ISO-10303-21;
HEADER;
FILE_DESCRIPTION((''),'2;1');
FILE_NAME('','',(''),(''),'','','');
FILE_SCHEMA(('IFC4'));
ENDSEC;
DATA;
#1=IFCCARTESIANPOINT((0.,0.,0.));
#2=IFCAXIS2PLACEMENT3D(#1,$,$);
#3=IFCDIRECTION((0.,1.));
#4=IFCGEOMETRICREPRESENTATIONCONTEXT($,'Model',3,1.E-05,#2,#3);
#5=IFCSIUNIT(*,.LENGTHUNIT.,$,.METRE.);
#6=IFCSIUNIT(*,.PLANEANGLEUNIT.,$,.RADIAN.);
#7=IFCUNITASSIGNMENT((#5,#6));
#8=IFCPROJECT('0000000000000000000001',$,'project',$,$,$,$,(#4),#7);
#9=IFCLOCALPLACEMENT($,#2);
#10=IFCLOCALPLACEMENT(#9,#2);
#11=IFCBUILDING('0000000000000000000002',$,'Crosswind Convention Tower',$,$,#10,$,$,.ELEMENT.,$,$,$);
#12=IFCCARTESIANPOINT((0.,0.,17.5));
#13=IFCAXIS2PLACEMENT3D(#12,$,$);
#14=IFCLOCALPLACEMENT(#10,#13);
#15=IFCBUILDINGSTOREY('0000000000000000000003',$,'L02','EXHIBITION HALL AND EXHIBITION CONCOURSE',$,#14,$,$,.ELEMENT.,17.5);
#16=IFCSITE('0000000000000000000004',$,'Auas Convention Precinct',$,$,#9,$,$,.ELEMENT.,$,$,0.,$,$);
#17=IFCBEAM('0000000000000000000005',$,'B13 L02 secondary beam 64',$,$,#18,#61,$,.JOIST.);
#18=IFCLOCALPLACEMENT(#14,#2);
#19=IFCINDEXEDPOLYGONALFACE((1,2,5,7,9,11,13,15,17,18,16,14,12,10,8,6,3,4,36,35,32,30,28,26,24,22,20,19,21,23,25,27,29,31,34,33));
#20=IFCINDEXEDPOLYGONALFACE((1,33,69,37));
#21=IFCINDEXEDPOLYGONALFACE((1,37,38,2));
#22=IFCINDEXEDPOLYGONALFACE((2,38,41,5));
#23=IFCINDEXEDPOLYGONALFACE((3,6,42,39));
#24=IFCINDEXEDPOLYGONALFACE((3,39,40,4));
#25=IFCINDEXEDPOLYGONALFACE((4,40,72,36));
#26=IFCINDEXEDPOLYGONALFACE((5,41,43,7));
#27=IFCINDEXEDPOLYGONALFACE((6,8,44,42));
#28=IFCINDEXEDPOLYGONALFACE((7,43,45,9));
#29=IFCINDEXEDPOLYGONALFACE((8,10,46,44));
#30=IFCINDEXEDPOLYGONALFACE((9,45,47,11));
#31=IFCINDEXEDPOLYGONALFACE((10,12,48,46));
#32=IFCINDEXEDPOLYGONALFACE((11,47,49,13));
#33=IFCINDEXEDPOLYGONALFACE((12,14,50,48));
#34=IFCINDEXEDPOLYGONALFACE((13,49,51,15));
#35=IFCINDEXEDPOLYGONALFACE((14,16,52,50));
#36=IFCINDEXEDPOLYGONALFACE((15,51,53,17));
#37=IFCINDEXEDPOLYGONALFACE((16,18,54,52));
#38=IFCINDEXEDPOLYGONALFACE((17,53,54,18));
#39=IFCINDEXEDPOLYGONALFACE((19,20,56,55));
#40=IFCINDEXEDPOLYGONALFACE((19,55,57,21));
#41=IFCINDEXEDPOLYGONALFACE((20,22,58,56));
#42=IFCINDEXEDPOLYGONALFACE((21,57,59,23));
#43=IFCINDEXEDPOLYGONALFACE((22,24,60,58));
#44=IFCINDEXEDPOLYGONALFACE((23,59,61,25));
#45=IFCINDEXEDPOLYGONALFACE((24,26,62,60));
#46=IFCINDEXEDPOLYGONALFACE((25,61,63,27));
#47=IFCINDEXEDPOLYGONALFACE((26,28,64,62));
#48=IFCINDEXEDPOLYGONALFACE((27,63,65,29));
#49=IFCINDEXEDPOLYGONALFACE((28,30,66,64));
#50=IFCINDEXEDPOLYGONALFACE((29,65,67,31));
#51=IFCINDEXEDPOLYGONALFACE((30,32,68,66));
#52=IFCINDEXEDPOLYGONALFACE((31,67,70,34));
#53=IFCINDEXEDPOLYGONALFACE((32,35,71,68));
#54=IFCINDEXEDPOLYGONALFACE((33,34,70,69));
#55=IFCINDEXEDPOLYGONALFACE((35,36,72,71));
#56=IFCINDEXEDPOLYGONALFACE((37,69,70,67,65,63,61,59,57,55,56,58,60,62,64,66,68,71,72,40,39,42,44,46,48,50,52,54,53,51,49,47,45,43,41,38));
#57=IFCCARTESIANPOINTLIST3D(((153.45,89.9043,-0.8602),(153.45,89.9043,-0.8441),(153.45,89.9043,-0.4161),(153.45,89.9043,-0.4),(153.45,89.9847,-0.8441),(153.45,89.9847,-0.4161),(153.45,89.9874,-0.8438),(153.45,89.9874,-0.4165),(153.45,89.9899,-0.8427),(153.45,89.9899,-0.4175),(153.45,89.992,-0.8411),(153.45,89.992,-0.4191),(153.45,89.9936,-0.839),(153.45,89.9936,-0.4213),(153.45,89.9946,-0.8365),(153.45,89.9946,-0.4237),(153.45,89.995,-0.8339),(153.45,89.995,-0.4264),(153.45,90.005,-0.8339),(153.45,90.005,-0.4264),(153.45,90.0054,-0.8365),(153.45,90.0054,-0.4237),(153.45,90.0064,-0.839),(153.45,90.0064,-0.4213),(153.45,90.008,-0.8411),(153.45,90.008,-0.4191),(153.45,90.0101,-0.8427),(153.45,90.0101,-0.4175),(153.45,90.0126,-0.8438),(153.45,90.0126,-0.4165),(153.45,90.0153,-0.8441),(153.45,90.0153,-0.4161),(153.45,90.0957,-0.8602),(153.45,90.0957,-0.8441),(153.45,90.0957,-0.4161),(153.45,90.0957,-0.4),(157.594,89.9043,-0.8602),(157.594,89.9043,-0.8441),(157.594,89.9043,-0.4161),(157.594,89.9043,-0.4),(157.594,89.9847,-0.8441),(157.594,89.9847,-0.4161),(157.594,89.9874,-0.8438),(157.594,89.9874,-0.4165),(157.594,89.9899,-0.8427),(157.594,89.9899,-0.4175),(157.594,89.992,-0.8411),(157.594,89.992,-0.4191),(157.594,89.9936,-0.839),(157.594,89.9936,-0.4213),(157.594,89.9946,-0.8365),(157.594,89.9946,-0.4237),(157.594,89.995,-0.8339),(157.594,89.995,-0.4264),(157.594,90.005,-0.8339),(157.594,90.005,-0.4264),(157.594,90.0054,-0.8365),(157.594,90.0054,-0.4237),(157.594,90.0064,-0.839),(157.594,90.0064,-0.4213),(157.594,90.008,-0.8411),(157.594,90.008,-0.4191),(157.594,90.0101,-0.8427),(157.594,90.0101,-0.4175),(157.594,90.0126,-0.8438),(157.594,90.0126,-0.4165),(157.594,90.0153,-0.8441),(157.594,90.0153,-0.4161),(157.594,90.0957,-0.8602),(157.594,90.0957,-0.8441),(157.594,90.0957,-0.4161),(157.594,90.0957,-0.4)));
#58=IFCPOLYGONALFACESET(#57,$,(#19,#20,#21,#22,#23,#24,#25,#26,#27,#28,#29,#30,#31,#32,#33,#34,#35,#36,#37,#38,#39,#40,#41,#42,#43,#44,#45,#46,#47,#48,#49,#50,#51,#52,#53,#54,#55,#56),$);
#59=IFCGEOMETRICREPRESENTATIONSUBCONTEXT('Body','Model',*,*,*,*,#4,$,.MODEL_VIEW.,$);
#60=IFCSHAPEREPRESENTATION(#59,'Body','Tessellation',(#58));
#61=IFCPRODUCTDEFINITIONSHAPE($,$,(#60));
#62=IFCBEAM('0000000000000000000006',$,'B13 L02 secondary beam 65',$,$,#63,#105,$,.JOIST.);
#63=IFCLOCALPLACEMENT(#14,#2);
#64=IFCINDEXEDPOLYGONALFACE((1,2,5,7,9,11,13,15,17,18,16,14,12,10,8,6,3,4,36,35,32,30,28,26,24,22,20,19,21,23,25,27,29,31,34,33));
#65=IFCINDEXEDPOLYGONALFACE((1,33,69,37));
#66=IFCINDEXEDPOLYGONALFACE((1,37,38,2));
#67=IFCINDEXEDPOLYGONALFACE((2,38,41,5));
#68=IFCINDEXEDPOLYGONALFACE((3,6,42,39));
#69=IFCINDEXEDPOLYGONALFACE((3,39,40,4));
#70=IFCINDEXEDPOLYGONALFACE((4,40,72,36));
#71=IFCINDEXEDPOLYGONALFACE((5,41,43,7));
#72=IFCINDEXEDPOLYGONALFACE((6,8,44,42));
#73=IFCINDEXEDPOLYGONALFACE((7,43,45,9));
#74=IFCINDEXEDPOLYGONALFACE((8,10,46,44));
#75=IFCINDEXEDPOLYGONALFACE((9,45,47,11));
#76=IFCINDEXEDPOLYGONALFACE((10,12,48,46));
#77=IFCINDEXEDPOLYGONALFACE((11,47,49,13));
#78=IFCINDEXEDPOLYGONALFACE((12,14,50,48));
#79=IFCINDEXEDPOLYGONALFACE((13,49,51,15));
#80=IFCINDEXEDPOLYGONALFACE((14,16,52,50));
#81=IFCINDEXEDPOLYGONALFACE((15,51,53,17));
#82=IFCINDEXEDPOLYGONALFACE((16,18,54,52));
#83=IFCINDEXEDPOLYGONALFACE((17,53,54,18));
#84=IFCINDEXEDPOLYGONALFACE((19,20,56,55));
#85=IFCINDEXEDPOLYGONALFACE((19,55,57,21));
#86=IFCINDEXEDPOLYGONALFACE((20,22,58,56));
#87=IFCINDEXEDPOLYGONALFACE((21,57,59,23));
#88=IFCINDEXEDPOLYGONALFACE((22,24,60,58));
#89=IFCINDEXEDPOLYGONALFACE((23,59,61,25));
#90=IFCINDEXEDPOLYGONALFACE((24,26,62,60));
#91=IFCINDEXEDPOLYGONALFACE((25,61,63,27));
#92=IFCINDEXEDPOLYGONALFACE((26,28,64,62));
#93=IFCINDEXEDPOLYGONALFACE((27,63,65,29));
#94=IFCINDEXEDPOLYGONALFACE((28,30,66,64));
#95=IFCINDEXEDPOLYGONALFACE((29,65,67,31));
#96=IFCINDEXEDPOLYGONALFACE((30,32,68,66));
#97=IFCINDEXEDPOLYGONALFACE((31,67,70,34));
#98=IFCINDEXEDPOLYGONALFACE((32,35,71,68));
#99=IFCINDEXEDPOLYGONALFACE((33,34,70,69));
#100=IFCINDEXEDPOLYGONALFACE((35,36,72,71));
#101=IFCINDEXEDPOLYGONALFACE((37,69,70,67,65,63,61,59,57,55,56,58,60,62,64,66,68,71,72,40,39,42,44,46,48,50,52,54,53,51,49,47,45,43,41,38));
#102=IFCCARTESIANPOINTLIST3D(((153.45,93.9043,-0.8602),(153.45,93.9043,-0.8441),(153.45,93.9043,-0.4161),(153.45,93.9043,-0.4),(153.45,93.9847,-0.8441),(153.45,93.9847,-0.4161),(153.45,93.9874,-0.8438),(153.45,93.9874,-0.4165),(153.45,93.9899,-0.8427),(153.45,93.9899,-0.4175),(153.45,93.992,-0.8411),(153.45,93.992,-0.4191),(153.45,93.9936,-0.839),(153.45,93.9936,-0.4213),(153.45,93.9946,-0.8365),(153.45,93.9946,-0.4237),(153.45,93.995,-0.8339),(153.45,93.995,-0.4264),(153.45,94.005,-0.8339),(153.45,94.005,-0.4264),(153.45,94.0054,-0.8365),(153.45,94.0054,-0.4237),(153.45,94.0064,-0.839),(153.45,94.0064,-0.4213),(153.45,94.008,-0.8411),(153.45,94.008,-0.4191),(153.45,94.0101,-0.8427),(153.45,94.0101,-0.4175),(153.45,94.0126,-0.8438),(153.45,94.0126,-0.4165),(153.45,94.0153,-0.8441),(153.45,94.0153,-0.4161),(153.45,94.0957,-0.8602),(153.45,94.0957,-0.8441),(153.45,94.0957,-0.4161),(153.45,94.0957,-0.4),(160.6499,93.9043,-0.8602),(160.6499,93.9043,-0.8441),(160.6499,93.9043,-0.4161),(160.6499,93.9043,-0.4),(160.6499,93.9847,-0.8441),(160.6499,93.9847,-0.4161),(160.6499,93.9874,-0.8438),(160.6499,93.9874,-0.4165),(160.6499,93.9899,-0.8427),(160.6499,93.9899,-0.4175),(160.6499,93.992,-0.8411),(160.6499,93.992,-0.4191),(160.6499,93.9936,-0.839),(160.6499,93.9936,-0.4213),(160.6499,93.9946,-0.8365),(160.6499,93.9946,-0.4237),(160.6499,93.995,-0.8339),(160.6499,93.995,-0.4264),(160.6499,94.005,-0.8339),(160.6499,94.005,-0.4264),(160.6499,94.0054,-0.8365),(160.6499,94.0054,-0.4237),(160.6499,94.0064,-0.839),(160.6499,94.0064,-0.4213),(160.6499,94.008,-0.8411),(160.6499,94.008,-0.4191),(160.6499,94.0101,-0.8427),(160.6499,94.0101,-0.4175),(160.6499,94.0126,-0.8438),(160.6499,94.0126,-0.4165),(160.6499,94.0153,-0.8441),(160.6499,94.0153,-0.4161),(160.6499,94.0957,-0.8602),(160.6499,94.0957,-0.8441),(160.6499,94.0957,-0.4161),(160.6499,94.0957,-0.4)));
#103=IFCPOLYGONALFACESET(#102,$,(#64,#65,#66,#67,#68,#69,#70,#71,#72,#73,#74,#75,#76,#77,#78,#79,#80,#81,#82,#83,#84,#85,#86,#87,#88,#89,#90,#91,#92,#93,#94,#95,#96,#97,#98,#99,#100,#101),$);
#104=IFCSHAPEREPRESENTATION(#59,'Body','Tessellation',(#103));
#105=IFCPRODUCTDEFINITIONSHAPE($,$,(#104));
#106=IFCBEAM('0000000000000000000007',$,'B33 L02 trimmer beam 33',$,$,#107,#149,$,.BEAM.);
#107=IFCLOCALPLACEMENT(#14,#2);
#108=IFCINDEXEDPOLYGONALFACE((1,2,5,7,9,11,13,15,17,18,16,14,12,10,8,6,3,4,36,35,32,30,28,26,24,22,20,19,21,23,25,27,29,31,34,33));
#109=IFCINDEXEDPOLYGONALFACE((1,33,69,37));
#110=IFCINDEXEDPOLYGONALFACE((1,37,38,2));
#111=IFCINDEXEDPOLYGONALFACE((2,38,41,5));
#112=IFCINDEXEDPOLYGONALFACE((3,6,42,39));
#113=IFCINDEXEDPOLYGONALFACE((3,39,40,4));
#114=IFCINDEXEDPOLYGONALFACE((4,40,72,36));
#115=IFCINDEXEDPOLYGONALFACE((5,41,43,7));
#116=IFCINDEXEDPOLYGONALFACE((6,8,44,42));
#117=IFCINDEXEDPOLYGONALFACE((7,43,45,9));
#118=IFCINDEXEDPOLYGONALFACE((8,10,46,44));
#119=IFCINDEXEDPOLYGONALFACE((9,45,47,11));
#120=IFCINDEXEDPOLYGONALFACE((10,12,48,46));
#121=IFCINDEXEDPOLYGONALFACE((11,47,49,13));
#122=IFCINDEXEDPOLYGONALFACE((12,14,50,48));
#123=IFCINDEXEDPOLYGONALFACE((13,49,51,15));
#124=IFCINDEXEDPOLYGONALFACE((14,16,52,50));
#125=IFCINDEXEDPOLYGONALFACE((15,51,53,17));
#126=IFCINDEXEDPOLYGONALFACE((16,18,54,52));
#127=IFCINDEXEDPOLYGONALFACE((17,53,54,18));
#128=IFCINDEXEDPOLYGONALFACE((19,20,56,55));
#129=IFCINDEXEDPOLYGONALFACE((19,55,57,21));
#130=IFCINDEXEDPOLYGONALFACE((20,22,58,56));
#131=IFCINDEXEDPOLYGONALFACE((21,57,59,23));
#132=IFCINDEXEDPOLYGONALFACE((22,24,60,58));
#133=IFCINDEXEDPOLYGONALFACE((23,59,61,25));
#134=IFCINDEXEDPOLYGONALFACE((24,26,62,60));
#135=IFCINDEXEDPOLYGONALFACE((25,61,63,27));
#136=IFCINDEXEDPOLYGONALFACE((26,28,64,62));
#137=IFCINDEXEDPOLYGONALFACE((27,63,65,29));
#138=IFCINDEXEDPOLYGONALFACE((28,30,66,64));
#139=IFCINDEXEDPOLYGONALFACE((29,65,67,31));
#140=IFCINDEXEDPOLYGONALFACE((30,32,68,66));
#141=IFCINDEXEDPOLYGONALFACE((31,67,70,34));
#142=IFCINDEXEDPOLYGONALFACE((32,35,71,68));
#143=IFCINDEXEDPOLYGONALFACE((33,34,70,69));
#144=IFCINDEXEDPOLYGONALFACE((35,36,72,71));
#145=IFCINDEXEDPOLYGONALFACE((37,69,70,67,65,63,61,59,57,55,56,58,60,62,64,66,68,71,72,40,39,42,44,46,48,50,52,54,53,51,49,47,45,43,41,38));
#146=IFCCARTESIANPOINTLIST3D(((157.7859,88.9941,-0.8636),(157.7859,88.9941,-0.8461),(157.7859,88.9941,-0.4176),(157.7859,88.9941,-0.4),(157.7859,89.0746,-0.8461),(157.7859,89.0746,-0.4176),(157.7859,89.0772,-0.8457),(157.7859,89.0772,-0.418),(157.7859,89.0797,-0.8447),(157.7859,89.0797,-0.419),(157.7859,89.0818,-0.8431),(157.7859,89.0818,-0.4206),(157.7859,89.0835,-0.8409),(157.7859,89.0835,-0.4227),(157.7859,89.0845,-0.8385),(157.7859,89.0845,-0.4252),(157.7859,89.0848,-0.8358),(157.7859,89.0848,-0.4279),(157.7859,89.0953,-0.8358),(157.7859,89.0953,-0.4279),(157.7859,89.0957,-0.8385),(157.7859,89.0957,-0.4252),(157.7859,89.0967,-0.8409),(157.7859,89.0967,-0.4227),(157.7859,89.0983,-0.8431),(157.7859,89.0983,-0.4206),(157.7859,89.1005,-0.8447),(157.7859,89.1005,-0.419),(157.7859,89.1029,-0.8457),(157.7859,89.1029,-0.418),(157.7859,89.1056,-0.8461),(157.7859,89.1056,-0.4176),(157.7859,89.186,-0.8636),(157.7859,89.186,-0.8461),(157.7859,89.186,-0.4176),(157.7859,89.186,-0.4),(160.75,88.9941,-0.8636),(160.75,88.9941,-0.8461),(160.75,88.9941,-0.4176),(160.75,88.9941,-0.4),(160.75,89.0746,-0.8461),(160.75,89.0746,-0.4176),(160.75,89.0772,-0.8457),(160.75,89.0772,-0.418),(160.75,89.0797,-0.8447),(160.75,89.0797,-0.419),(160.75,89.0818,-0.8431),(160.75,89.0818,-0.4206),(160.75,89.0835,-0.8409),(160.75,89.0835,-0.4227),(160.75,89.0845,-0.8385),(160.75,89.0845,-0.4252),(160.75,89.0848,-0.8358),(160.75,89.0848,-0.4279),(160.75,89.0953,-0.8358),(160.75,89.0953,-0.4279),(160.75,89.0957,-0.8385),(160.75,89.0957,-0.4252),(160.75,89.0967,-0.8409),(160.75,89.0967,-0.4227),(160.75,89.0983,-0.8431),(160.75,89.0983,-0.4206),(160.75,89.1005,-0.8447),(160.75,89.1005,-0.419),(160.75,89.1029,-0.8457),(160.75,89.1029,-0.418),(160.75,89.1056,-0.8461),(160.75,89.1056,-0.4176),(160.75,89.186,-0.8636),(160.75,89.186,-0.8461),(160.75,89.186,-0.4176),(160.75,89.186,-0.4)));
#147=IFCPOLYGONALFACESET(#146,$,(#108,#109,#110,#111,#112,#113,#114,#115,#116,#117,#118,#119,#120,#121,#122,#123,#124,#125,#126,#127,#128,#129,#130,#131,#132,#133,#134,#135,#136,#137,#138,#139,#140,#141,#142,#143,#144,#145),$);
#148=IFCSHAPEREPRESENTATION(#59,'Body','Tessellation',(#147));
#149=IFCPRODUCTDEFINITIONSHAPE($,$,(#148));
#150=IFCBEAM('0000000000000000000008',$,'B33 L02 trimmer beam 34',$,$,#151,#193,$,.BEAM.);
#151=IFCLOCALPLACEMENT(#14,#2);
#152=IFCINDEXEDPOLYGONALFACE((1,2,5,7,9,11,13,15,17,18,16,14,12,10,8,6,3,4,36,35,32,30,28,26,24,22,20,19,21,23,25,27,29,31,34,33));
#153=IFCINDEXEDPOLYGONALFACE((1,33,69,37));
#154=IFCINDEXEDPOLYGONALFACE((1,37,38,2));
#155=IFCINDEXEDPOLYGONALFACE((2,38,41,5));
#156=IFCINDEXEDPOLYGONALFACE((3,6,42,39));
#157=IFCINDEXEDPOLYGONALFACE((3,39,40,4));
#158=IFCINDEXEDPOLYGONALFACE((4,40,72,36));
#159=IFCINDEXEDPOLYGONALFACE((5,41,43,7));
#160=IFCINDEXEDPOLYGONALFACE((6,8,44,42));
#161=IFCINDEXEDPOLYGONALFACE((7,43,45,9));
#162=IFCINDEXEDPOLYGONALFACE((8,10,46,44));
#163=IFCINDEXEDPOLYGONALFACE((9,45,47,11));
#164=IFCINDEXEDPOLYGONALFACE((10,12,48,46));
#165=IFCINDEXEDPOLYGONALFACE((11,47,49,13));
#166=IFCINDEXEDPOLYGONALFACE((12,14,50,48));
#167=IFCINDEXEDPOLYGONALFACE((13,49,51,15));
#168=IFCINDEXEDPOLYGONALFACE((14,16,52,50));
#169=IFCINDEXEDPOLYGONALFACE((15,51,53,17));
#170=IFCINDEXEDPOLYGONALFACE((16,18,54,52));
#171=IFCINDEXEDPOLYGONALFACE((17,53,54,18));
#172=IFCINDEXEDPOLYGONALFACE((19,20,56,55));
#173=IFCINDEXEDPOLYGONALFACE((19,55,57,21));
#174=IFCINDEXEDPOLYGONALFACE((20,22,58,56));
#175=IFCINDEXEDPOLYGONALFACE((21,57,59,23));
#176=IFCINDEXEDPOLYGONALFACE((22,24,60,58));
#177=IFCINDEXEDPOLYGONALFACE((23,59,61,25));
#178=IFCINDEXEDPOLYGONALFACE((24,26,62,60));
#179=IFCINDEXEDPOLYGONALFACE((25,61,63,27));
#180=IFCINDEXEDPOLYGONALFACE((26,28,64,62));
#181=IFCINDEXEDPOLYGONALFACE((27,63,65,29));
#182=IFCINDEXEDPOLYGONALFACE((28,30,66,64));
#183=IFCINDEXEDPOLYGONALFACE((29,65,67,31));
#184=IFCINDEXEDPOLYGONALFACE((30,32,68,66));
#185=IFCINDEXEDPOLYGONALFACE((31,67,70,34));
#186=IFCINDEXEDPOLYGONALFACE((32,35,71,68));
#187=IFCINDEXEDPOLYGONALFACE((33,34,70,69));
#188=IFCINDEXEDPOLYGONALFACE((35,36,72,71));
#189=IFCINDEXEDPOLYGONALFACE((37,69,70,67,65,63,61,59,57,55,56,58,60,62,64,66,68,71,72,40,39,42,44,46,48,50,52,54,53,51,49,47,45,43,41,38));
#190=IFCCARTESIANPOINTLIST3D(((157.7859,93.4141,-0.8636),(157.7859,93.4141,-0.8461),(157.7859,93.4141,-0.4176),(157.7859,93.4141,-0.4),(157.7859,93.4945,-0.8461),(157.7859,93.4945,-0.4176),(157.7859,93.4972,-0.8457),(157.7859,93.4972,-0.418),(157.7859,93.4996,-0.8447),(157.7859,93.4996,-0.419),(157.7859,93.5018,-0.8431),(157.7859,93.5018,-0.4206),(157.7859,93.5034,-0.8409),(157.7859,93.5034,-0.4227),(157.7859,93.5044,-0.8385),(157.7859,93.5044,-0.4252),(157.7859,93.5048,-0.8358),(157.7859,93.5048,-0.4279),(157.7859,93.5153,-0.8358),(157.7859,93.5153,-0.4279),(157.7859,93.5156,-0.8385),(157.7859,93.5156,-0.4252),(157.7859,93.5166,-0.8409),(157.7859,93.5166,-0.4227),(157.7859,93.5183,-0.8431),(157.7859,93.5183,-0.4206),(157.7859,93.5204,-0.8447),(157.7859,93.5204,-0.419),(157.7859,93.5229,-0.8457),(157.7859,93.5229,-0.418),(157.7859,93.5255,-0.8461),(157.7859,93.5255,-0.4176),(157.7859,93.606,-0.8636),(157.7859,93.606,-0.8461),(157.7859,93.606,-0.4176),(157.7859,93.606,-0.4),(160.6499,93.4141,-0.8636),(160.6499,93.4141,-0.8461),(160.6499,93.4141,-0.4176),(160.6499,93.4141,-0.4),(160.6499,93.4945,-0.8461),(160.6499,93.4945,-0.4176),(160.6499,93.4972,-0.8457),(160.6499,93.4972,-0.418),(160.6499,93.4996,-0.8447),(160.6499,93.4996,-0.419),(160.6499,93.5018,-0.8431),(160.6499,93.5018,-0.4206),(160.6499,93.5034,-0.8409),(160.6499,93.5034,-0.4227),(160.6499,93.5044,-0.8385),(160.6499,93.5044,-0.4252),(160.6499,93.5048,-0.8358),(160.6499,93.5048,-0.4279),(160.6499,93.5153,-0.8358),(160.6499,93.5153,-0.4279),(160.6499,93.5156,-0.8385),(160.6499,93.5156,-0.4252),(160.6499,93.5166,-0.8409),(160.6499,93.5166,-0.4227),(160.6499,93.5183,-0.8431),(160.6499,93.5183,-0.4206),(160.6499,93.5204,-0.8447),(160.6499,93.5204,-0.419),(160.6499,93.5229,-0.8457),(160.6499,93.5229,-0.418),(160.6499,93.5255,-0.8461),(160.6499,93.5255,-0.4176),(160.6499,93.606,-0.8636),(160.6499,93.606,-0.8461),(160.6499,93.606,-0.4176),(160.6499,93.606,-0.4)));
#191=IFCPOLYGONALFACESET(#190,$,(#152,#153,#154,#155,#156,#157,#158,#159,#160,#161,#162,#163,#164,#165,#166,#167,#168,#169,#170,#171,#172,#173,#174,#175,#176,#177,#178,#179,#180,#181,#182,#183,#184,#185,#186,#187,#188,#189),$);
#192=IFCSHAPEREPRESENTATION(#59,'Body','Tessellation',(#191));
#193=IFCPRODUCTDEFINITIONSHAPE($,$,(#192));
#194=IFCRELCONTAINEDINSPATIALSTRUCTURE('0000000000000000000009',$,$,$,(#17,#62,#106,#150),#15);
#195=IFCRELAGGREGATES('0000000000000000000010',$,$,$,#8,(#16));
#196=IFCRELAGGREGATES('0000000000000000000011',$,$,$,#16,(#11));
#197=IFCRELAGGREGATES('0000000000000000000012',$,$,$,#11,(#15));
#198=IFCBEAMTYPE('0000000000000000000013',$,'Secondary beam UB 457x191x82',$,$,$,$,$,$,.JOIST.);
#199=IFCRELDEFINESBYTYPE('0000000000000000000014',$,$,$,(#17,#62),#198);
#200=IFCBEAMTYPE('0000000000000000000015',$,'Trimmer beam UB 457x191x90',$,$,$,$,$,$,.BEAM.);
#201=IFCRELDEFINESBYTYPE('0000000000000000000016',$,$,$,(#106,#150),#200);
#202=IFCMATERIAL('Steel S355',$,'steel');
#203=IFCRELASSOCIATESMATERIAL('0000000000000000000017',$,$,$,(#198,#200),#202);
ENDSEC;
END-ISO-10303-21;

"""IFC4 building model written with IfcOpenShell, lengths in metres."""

from ifc_helpers import new_model, si_unit, direction, frame, origin, origin_2d, place, context, subcontext, project, spatial, i_section, extrude, material, material_profile, profile_set, type_object, element, save


model = new_model("IFC4")

# Units and contexts
model_context = context("Model", 3, precision=1e-05, world=origin(), true_north=direction((0.0, 1.0)))
body_context = subcontext(model_context, "Body", "Model", "MODEL_VIEW")
ifc_project = project(units=[si_unit("LENGTHUNIT", "METRE"), si_unit("PLANEANGLEUNIT", "RADIAN")], contexts=[model_context])

# Site, building, storey
site_placement = place(None, origin())
site = spatial("IfcSite", under=ifc_project, at=site_placement, Name="Auas Convention Precinct", CompositionType="ELEMENT", RefElevation=0.0)
building_placement = place(site_placement, origin())
building = spatial("IfcBuilding", under=site, at=building_placement, Name="Crosswind Convention Tower", CompositionType="ELEMENT")
storey_placement = place(building_placement, frame((0.0, 0.0, 17.5)))
storey = spatial("IfcBuildingStorey", under=building, at=storey_placement, Name="L02", Description="EXHIBITION HALL AND EXHIBITION CONCOURSE", CompositionType="ELEMENT", Elevation=17.5)

# Beams
ifc_material_1 = material(Name="Steel S355", Category="steel")
ifc_material_profile_1 = material_profile(ifc_material_1, i_section(OverallWidth=0.1914, OverallDepth=0.4602, WebThickness=0.01, FlangeThickness=0.0161, FilletRadius=0.0103, at=origin_2d()), Name="UB 457x191x82")
ifc_profile_set_1 = profile_set([ifc_material_profile_1], Name="Steel S355")
beam_type_1 = type_object("IfcBeamType", Name="Secondary beam UB 457x191x82", PredefinedType="JOIST", material=ifc_profile_set_1)
beam_1_placement = place(storey_placement, frame((153.45, 90.0, -0.6301), z_axis=(1.0, 0.0, 0.0), x_axis=(0.0, 1.0, 0.0)))
element("IfcBeam", 1, at=beam_1_placement, inside=storey, type_object=beam_type_1, Name="B13 L02 secondary beam 64", PredefinedType="JOIST", context=body_context, shape_type="SweptSolid", body=[
    extrude(i_section(OverallWidth=0.1914, OverallDepth=0.4602, WebThickness=0.01, FlangeThickness=0.0161, FilletRadius=0.0103, at=origin_2d()), origin(), (0.0, 0.0, 1.0), 4.144),
])
beam_2_placement = place(storey_placement, frame((153.45, 94.0, -0.6301), z_axis=(1.0, 0.0, 0.0), x_axis=(0.0, 1.0, 0.0)))
element("IfcBeam", 2, at=beam_2_placement, inside=storey, type_object=beam_type_1, Name="B13 L02 secondary beam 65", PredefinedType="JOIST", context=body_context, shape_type="SweptSolid", body=[
    extrude(i_section(OverallWidth=0.1914, OverallDepth=0.4602, WebThickness=0.01, FlangeThickness=0.0161, FilletRadius=0.0103, at=origin_2d()), origin(), (0.0, 0.0, 1.0), 7.2),
])
ifc_material_profile_2 = material_profile(ifc_material_1, i_section(OverallWidth=0.1919, OverallDepth=0.4636, WebThickness=0.0105, FlangeThickness=0.0176, FilletRadius=0.0103, at=origin_2d()), Name="UB 457x191x90")
ifc_profile_set_2 = profile_set([ifc_material_profile_2], Name="Steel S355")
beam_type_2 = type_object("IfcBeamType", Name="Trimmer beam UB 457x191x90", PredefinedType="BEAM", material=ifc_profile_set_2)
beam_3_placement = place(storey_placement, frame((157.7859, 89.0901, -0.6318), z_axis=(1.0, 0.0, 0.0), x_axis=(0.0, 1.0, 0.0)))
element("IfcBeam", 3, at=beam_3_placement, inside=storey, type_object=beam_type_2, Name="B33 L02 trimmer beam 33", PredefinedType="BEAM", context=body_context, shape_type="SweptSolid", body=[
    extrude(i_section(OverallWidth=0.1919, OverallDepth=0.4636, WebThickness=0.0105, FlangeThickness=0.0176, FilletRadius=0.0103, at=origin_2d()), origin(), (0.0, 0.0, 1.0), 2.9641),
])
beam_4_placement = place(storey_placement, frame((157.7859, 93.51, -0.6318), z_axis=(1.0, 0.0, 0.0), x_axis=(0.0, 1.0, 0.0)))
element("IfcBeam", 4, at=beam_4_placement, inside=storey, type_object=beam_type_2, Name="B33 L02 trimmer beam 34", PredefinedType="BEAM", context=body_context, shape_type="SweptSolid", body=[
    extrude(i_section(OverallWidth=0.1919, OverallDepth=0.4636, WebThickness=0.0105, FlangeThickness=0.0176, FilletRadius=0.0103, at=origin_2d()), origin(), (0.0, 0.0, 1.0), 2.864),
])

save(model, "model.ifc")
